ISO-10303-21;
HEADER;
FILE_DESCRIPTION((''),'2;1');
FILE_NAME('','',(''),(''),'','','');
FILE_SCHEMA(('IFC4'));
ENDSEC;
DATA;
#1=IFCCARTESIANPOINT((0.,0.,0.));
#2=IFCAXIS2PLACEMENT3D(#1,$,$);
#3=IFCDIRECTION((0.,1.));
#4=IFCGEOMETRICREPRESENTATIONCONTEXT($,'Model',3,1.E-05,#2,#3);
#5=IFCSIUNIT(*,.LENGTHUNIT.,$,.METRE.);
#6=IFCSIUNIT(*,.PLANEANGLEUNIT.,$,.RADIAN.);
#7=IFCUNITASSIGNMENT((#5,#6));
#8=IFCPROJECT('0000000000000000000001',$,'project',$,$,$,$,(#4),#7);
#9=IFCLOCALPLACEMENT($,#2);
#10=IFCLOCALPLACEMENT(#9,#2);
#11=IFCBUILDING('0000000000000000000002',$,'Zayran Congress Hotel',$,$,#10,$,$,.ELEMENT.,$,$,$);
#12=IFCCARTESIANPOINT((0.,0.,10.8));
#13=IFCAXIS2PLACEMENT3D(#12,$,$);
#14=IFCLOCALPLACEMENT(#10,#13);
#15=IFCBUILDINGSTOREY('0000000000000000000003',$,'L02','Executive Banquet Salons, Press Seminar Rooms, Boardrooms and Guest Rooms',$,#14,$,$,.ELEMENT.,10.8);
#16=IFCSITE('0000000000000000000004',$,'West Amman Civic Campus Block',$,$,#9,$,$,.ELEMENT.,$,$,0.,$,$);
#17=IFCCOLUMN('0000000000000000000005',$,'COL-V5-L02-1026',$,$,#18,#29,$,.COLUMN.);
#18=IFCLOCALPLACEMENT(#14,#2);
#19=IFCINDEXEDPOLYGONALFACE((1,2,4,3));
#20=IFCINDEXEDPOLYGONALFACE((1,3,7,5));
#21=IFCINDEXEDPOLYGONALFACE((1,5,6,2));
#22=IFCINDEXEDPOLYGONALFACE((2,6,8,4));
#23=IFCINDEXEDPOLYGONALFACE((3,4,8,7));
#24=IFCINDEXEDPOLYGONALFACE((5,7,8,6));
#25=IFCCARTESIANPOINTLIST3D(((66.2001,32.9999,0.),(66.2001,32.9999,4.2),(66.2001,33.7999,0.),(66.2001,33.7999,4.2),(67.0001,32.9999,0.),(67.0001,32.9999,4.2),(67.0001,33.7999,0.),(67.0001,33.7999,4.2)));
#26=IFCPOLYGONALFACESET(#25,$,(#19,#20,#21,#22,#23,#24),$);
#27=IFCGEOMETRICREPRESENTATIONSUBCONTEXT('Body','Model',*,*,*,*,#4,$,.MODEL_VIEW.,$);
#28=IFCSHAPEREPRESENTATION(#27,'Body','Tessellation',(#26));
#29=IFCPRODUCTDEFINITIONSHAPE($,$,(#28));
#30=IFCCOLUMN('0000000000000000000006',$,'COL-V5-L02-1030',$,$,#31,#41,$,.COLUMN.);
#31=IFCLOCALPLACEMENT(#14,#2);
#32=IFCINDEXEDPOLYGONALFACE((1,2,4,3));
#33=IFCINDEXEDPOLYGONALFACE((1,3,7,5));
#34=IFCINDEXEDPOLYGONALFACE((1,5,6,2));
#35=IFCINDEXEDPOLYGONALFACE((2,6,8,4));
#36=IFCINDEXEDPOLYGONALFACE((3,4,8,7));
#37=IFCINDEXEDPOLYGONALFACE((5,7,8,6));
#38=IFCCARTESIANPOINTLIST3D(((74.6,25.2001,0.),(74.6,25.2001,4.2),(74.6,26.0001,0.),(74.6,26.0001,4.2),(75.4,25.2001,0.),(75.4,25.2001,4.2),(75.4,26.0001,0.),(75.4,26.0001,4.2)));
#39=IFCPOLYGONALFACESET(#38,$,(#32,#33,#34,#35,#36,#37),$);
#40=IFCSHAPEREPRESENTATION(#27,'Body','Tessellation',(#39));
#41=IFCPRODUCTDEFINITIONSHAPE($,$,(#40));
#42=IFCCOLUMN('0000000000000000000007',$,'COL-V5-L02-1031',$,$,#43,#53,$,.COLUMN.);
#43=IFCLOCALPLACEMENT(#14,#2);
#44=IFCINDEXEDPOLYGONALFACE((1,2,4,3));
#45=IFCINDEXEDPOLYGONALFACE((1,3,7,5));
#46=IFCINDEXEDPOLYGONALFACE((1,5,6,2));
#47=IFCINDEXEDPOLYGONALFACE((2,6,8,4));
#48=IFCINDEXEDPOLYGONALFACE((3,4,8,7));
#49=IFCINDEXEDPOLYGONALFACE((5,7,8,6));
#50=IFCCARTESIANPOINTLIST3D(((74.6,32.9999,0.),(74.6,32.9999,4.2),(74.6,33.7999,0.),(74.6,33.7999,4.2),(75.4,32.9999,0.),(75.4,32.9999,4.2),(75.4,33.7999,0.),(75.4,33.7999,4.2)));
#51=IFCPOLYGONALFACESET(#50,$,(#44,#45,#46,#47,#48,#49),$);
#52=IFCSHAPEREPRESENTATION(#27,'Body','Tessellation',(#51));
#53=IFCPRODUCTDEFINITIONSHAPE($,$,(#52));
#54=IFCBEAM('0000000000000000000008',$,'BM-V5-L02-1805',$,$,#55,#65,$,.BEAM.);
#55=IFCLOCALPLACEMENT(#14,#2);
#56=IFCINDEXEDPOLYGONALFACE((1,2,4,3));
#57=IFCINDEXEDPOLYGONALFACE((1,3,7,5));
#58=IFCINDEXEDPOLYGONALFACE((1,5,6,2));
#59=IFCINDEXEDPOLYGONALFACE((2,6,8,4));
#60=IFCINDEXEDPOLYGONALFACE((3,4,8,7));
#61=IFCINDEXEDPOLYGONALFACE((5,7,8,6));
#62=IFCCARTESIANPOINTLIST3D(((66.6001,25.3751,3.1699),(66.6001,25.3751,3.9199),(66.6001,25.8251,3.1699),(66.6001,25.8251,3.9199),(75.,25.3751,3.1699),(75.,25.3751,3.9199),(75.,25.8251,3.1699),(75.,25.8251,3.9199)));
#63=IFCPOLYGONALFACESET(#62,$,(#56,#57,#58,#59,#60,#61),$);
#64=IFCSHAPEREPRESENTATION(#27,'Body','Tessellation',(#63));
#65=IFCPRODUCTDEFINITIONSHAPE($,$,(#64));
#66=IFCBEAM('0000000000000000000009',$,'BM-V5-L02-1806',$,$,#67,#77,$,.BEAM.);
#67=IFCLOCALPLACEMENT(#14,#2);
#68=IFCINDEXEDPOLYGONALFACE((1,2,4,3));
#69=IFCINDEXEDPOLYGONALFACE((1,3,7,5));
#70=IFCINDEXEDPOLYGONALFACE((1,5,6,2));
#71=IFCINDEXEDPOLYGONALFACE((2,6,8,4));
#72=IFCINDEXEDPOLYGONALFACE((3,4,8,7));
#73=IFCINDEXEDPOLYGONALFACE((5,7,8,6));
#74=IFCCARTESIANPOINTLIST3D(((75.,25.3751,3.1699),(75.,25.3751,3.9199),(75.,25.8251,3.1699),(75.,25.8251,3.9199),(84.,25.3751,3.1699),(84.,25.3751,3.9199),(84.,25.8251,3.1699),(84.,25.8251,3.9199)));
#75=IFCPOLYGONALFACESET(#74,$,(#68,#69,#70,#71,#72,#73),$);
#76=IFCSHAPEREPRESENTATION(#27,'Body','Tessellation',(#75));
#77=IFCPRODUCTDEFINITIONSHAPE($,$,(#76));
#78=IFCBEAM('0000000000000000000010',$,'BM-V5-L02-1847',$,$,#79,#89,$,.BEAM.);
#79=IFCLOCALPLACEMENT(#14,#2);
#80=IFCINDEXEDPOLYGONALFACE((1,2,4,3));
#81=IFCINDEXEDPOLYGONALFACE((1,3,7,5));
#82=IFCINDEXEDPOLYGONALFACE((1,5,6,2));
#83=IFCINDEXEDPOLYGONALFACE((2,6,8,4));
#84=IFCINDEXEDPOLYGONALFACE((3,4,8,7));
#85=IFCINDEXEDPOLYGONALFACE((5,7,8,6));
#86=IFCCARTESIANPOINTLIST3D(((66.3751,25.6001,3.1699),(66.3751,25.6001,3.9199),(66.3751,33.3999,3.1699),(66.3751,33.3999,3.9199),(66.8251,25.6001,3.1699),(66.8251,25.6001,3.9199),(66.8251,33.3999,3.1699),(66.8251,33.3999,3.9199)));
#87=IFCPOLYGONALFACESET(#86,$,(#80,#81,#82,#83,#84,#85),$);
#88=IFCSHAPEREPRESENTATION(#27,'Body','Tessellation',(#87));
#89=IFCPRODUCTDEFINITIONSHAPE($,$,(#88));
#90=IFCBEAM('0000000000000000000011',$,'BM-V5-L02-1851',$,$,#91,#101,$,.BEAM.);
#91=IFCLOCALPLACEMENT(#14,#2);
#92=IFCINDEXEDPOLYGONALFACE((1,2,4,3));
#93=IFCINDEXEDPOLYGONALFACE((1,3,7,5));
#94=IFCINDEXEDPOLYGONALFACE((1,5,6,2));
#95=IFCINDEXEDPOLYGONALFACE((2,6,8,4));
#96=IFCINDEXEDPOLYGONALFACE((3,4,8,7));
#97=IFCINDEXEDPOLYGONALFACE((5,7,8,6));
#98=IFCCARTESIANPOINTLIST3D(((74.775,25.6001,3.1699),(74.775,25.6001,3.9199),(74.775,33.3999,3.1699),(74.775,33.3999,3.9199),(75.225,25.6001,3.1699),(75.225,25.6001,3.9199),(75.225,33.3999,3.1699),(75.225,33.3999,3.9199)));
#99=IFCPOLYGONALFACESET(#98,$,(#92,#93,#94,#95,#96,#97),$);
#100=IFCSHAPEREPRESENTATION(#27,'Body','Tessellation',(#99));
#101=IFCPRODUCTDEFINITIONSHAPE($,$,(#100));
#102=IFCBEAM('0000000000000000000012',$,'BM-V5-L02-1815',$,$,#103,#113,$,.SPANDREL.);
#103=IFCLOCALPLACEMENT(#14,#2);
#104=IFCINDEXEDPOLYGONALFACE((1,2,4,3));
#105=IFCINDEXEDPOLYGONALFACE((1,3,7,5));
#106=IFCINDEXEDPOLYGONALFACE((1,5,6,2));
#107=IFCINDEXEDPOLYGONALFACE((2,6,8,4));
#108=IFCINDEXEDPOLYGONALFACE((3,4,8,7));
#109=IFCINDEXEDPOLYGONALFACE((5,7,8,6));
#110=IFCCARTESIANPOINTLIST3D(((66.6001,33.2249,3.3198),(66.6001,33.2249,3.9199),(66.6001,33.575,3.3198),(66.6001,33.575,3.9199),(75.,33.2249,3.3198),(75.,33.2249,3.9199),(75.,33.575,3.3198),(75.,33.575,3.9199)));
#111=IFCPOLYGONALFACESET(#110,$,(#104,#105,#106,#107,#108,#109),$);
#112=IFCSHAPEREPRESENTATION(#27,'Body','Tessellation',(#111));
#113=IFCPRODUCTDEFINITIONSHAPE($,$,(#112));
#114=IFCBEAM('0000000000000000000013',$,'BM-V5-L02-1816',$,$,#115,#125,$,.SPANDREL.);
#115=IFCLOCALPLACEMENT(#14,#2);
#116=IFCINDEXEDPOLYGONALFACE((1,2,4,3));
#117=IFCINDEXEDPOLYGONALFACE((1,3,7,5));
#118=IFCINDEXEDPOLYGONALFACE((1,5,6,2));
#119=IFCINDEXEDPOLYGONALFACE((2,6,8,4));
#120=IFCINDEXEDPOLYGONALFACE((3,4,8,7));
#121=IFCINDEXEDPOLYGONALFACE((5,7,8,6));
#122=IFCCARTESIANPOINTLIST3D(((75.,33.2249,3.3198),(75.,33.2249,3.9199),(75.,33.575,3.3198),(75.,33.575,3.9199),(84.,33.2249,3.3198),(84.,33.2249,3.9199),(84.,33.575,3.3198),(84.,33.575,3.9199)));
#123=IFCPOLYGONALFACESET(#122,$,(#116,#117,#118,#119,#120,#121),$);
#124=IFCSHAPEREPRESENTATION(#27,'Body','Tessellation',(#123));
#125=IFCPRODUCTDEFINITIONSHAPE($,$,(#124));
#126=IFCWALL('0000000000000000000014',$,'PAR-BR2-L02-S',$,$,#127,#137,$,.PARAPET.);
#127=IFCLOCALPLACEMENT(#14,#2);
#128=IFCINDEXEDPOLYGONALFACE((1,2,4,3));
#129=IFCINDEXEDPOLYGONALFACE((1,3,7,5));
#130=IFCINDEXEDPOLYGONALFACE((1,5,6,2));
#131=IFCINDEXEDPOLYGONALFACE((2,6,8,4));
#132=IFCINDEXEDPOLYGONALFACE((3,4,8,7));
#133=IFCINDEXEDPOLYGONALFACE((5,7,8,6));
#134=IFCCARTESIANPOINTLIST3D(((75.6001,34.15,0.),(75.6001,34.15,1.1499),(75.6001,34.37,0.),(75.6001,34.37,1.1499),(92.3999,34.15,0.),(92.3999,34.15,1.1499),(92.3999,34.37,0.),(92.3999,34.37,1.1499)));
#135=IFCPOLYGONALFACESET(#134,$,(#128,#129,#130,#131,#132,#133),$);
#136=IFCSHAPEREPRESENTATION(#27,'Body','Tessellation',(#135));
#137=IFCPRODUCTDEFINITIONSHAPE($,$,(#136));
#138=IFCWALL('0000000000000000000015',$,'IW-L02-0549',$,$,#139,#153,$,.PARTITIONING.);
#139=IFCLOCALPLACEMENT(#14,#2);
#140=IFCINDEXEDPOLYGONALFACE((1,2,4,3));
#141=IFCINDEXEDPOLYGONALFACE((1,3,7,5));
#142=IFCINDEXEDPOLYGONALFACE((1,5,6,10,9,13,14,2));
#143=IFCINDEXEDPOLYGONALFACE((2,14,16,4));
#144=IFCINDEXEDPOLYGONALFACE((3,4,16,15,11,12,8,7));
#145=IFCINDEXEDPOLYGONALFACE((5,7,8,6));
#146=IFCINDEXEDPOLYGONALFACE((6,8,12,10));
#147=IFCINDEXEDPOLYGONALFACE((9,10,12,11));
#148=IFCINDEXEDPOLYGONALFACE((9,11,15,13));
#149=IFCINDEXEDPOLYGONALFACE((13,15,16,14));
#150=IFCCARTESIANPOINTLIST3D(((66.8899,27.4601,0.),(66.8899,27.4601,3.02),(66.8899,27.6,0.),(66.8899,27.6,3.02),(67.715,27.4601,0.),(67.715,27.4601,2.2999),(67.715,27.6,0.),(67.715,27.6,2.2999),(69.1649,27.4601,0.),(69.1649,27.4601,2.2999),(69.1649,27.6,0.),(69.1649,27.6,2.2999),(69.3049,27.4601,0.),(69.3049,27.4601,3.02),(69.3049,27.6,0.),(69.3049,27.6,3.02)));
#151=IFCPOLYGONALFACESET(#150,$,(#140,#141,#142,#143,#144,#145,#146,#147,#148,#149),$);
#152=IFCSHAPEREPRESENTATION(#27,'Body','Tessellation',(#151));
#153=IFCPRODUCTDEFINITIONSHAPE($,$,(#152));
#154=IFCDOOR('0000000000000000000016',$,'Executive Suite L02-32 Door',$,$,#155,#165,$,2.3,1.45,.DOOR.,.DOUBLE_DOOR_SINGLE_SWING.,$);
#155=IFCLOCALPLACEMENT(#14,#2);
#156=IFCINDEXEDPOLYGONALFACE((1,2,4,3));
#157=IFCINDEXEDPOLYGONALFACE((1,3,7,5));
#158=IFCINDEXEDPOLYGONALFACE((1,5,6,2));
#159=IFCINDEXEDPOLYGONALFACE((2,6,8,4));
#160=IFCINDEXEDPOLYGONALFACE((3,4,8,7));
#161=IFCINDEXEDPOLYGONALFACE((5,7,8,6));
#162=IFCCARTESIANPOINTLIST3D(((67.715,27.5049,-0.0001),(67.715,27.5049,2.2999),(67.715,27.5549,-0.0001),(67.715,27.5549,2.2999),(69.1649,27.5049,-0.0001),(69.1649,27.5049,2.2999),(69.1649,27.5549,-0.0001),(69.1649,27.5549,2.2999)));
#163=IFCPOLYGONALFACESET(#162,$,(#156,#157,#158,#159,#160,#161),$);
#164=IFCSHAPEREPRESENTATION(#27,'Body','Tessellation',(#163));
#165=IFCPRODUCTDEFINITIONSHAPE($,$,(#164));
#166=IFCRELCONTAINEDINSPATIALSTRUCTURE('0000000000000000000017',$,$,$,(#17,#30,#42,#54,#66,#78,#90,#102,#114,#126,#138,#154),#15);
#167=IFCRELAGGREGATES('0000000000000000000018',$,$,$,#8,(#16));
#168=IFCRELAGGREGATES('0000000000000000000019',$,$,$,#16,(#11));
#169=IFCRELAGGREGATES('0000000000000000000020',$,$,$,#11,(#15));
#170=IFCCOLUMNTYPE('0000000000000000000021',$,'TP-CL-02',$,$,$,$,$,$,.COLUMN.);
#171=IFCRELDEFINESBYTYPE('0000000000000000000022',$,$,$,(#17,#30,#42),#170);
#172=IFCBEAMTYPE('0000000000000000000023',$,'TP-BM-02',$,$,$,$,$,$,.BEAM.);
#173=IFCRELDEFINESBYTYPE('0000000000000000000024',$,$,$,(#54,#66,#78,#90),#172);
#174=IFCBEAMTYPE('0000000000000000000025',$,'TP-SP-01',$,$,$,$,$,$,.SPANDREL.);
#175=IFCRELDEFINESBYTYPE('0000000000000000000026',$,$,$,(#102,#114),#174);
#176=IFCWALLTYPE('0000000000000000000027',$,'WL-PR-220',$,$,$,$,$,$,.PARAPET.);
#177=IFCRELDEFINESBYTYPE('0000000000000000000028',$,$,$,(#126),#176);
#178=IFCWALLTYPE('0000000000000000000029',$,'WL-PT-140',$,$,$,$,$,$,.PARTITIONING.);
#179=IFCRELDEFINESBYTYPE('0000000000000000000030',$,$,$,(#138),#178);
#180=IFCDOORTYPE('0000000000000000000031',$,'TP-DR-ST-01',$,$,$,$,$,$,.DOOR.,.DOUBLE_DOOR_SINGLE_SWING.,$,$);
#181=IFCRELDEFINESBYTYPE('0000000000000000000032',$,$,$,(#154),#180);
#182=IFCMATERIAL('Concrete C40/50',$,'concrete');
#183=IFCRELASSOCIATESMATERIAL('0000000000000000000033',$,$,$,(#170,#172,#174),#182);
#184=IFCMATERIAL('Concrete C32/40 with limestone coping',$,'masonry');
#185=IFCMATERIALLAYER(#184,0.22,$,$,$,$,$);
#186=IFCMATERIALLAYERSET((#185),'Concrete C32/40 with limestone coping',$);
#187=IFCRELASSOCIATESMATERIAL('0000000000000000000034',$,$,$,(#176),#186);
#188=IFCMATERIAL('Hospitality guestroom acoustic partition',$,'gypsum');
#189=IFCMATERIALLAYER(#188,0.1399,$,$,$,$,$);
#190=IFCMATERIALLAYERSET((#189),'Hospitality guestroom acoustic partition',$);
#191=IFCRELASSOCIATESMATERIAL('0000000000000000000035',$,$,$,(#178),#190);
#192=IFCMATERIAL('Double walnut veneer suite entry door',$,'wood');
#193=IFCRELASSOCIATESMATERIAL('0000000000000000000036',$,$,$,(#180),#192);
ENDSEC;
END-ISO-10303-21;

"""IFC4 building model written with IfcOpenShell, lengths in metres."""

from ifc_helpers import new_model, si_unit, direction, frame, frame_2d, origin, origin_2d, place, context, subcontext, project, spatial, rectangle, extrude, material, layer, layer_set, material_profile, profile_set, type_object, element, fill, save


model = new_model("IFC4")

# Units and contexts
model_context = context("Model", 3, precision=1e-05, world=origin(), true_north=direction((0.0, 1.0)))
body_context = subcontext(model_context, "Body", "Model", "MODEL_VIEW")
ifc_project = project(units=[si_unit("LENGTHUNIT", "METRE"), si_unit("PLANEANGLEUNIT", "RADIAN")], contexts=[model_context])

# Site, building, storey
site_placement = place(None, origin())
site = spatial("IfcSite", under=ifc_project, at=site_placement, Name="West Amman Civic Campus Block", CompositionType="ELEMENT", RefElevation=0.0)
building_placement = place(site_placement, origin())
building = spatial("IfcBuilding", under=site, at=building_placement, Name="Zayran Congress Hotel", CompositionType="ELEMENT")
storey_placement = place(building_placement, frame((0.0, 0.0, 10.8)))
storey = spatial("IfcBuildingStorey", under=building, at=storey_placement, Name="L02", Description="Executive Banquet Salons, Press Seminar Rooms, Boardrooms and Guest Rooms", CompositionType="ELEMENT", Elevation=10.8)

# Columns
ifc_material_1 = material(Name="Concrete C40/50", Category="concrete")
ifc_material_profile_1 = material_profile(ifc_material_1, rectangle(XDim=0.8, YDim=0.8, at=origin_2d()), Name="RC 800x800")
ifc_profile_set_1 = profile_set([ifc_material_profile_1], Name="Concrete C40/50")
column_type = type_object("IfcColumnType", Name="TP-CL-02", PredefinedType="COLUMN", material=ifc_profile_set_1)
for number, where, z_axis, x_axis, name in (
    (1, (66.6001, 33.3999, 0.0), (0.0, 0.0, 1.0), (1.0, 0.0, 0.0), "COL-V5-L02-1026"),
    (2, (75.0, 25.6001, 0.0), (0.0, 0.0, 1.0), (1.0, 0.0, 0.0), "COL-V5-L02-1030"),
    (3, (75.0, 33.3999, 0.0), (0.0, 0.0, 1.0), (1.0, 0.0, 0.0), "COL-V5-L02-1031"),
):
    element("IfcColumn", number, at=place(storey_placement, frame(where, z_axis=z_axis, x_axis=x_axis)), inside=storey, type_object=column_type, Name=name, PredefinedType="COLUMN", context=body_context, shape_type="SweptSolid", body=[
        extrude(rectangle(XDim=0.8, YDim=0.8, at=origin_2d()), origin(), (0.0, 0.0, 1.0), 4.2),
    ])

# Beams
ifc_material_profile_2 = material_profile(ifc_material_1, rectangle(XDim=0.45, YDim=0.75, at=origin_2d()), Name="RC 450x750")
ifc_profile_set_2 = profile_set([ifc_material_profile_2], Name="Concrete C40/50")
beam_type_1 = type_object("IfcBeamType", Name="TP-BM-02", PredefinedType="BEAM", material=ifc_profile_set_2)
beam_1_placement = place(storey_placement, frame((66.6001, 25.6001, 3.5449), z_axis=(1.0, 0.0, 0.0), x_axis=(0.0, 1.0, 0.0)))
element("IfcBeam", 4, at=beam_1_placement, inside=storey, type_object=beam_type_1, Name="BM-V5-L02-1805", PredefinedType="BEAM", context=body_context, shape_type="SweptSolid", body=[
    extrude(rectangle(XDim=0.45, YDim=0.75, at=origin_2d()), origin(), (0.0, 0.0, 1.0), 8.3999),
])
beam_2_placement = place(storey_placement, frame((75.0, 25.6001, 3.5449), z_axis=(1.0, 0.0, 0.0), x_axis=(0.0, 1.0, 0.0)))
element("IfcBeam", 5, at=beam_2_placement, inside=storey, type_object=beam_type_1, Name="BM-V5-L02-1806", PredefinedType="BEAM", context=body_context, shape_type="SweptSolid", body=[
    extrude(rectangle(XDim=0.45, YDim=0.75, at=origin_2d()), origin(), (0.0, 0.0, 1.0), 9.0),
])
for number, where, z_axis, x_axis, name in (
    (6, (66.6001, 25.6001, 3.5449), (0.0, 1.0, 0.0), (-1.0, 0.0, 0.0), "BM-V5-L02-1847"),
    (7, (75.0, 25.6001, 3.5449), (0.0, 1.0, 0.0), (-1.0, 0.0, 0.0), "BM-V5-L02-1851"),
):
    element("IfcBeam", number, at=place(storey_placement, frame(where, z_axis=z_axis, x_axis=x_axis)), inside=storey, type_object=beam_type_1, Name=name, PredefinedType="BEAM", context=body_context, shape_type="SweptSolid", body=[
        extrude(rectangle(XDim=0.45, YDim=0.75, at=origin_2d()), origin(), (0.0, 0.0, 1.0), 7.7998),
    ])
ifc_material_profile_3 = material_profile(ifc_material_1, rectangle(XDim=0.3501, YDim=0.6001, at=origin_2d()), Name="RC 350x600")
ifc_profile_set_3 = profile_set([ifc_material_profile_3], Name="Concrete C40/50")
beam_type_2 = type_object("IfcBeamType", Name="TP-SP-01", PredefinedType="SPANDREL", material=ifc_profile_set_3)
beam_3_placement = place(storey_placement, frame((66.6001, 33.3999, 3.6199), z_axis=(1.0, 0.0, 0.0), x_axis=(0.0, 1.0, 0.0)))
element("IfcBeam", 8, at=beam_3_placement, inside=storey, type_object=beam_type_2, Name="BM-V5-L02-1815", PredefinedType="SPANDREL", context=body_context, shape_type="SweptSolid", body=[
    extrude(rectangle(XDim=0.3501, YDim=0.6001, at=origin_2d()), origin(), (0.0, 0.0, 1.0), 8.3999),
])
beam_4_placement = place(storey_placement, frame((75.0, 33.3999, 3.6199), z_axis=(1.0, 0.0, 0.0), x_axis=(0.0, 1.0, 0.0)))
element("IfcBeam", 9, at=beam_4_placement, inside=storey, type_object=beam_type_2, Name="BM-V5-L02-1816", PredefinedType="SPANDREL", context=body_context, shape_type="SweptSolid", body=[
    extrude(rectangle(XDim=0.3501, YDim=0.6001, at=origin_2d()), origin(), (0.0, 0.0, 1.0), 9.0),
])

# Wall
ifc_material_2 = material(Name="Concrete C32/40 with limestone coping", Category="masonry")
ifc_layer_1 = layer(ifc_material_2, 0.22)
ifc_layer_set_1 = layer_set([ifc_layer_1], Name="Concrete C32/40 with limestone coping")
wall_type_1 = type_object("IfcWallType", Name="WL-PR-220", PredefinedType="PARAPET", material=ifc_layer_set_1)
wall_1_placement = place(storey_placement, frame((75.6001, 34.26, 0.0), z_axis=(0.0, 0.0, 1.0), x_axis=(1.0, 0.0, 0.0)))
element("IfcWall", 10, at=wall_1_placement, inside=storey, type_object=wall_type_1, Name="PAR-BR2-L02-S", PredefinedType="PARAPET", context=body_context, shape_type="SweptSolid", body=[
    extrude(rectangle(XDim=16.7998, YDim=0.22, at=frame_2d((8.3999, 0.0))), origin(), (0.0, 0.0, 1.0), 1.1499),
])

# Wall, opening, door
ifc_material_3 = material(Name="Hospitality guestroom acoustic partition", Category="gypsum")
ifc_layer_2 = layer(ifc_material_3, 0.1399)
ifc_layer_set_2 = layer_set([ifc_layer_2], Name="Hospitality guestroom acoustic partition")
wall_type_2 = type_object("IfcWallType", Name="WL-PT-140", PredefinedType="PARTITIONING", material=ifc_layer_set_2)
wall_2_placement = place(storey_placement, frame((66.8899, 27.53, 0.0), z_axis=(0.0, 0.0, 1.0), x_axis=(1.0, 0.0, 0.0)))
wall_2 = element("IfcWall", 11, at=wall_2_placement, inside=storey, type_object=wall_type_2, Name="IW-L02-0549", PredefinedType="PARTITIONING", context=body_context, shape_type="SweptSolid", body=[
    extrude(rectangle(XDim=2.415, YDim=0.1399, at=frame_2d((1.2075, 0.0))), origin(), (0.0, 0.0, 1.0), 3.02),
])
opening_1_placement = place(wall_2_placement, frame((0.825, 0.0, 0.0)))
opening_1 = element("IfcOpeningElement", 12, at=opening_1_placement, cuts=wall_2, PredefinedType="OPENING", context=body_context, shape_type="SweptSolid", body=[
    extrude(rectangle(XDim=1.45, YDim=2.3, at=frame_2d((0.7251, 1.1499))), frame((0.0, 0.0798, 0.0), z_axis=(0.0, -1.0, 0.0), x_axis=(1.0, 0.0, 0.0)), (0.0, 0.0, 1.0), 0.1599),
])
ifc_material_4 = material(Name="Double walnut veneer suite entry door", Category="wood")
door_type_1 = type_object("IfcDoorType", Name="TP-DR-ST-01", OperationType="DOUBLE_DOOR_SINGLE_SWING", PredefinedType="DOOR", material=ifc_material_4)
door_1_placement = place(opening_1_placement, origin())
door_1 = element("IfcDoor", 13, at=door_1_placement, inside=storey, type_object=door_type_1, Name="Executive Suite L02-32 Door", OperationType="DOUBLE_DOOR_SINGLE_SWING", OverallHeight=2.3, OverallWidth=1.45, PredefinedType="DOOR", context=body_context, shape_type="SweptSolid", body=[
    extrude(rectangle(XDim=1.45, YDim=2.3, at=frame_2d((0.7251, 1.1499))), frame((0.0, 0.0249, 0.0), z_axis=(0.0, -1.0, 0.0), x_axis=(1.0, 0.0, 0.0)), (0.0, 0.0, 1.0), 0.05),
])
fill(opening_1, door_1)

save(model, "model.ifc")
